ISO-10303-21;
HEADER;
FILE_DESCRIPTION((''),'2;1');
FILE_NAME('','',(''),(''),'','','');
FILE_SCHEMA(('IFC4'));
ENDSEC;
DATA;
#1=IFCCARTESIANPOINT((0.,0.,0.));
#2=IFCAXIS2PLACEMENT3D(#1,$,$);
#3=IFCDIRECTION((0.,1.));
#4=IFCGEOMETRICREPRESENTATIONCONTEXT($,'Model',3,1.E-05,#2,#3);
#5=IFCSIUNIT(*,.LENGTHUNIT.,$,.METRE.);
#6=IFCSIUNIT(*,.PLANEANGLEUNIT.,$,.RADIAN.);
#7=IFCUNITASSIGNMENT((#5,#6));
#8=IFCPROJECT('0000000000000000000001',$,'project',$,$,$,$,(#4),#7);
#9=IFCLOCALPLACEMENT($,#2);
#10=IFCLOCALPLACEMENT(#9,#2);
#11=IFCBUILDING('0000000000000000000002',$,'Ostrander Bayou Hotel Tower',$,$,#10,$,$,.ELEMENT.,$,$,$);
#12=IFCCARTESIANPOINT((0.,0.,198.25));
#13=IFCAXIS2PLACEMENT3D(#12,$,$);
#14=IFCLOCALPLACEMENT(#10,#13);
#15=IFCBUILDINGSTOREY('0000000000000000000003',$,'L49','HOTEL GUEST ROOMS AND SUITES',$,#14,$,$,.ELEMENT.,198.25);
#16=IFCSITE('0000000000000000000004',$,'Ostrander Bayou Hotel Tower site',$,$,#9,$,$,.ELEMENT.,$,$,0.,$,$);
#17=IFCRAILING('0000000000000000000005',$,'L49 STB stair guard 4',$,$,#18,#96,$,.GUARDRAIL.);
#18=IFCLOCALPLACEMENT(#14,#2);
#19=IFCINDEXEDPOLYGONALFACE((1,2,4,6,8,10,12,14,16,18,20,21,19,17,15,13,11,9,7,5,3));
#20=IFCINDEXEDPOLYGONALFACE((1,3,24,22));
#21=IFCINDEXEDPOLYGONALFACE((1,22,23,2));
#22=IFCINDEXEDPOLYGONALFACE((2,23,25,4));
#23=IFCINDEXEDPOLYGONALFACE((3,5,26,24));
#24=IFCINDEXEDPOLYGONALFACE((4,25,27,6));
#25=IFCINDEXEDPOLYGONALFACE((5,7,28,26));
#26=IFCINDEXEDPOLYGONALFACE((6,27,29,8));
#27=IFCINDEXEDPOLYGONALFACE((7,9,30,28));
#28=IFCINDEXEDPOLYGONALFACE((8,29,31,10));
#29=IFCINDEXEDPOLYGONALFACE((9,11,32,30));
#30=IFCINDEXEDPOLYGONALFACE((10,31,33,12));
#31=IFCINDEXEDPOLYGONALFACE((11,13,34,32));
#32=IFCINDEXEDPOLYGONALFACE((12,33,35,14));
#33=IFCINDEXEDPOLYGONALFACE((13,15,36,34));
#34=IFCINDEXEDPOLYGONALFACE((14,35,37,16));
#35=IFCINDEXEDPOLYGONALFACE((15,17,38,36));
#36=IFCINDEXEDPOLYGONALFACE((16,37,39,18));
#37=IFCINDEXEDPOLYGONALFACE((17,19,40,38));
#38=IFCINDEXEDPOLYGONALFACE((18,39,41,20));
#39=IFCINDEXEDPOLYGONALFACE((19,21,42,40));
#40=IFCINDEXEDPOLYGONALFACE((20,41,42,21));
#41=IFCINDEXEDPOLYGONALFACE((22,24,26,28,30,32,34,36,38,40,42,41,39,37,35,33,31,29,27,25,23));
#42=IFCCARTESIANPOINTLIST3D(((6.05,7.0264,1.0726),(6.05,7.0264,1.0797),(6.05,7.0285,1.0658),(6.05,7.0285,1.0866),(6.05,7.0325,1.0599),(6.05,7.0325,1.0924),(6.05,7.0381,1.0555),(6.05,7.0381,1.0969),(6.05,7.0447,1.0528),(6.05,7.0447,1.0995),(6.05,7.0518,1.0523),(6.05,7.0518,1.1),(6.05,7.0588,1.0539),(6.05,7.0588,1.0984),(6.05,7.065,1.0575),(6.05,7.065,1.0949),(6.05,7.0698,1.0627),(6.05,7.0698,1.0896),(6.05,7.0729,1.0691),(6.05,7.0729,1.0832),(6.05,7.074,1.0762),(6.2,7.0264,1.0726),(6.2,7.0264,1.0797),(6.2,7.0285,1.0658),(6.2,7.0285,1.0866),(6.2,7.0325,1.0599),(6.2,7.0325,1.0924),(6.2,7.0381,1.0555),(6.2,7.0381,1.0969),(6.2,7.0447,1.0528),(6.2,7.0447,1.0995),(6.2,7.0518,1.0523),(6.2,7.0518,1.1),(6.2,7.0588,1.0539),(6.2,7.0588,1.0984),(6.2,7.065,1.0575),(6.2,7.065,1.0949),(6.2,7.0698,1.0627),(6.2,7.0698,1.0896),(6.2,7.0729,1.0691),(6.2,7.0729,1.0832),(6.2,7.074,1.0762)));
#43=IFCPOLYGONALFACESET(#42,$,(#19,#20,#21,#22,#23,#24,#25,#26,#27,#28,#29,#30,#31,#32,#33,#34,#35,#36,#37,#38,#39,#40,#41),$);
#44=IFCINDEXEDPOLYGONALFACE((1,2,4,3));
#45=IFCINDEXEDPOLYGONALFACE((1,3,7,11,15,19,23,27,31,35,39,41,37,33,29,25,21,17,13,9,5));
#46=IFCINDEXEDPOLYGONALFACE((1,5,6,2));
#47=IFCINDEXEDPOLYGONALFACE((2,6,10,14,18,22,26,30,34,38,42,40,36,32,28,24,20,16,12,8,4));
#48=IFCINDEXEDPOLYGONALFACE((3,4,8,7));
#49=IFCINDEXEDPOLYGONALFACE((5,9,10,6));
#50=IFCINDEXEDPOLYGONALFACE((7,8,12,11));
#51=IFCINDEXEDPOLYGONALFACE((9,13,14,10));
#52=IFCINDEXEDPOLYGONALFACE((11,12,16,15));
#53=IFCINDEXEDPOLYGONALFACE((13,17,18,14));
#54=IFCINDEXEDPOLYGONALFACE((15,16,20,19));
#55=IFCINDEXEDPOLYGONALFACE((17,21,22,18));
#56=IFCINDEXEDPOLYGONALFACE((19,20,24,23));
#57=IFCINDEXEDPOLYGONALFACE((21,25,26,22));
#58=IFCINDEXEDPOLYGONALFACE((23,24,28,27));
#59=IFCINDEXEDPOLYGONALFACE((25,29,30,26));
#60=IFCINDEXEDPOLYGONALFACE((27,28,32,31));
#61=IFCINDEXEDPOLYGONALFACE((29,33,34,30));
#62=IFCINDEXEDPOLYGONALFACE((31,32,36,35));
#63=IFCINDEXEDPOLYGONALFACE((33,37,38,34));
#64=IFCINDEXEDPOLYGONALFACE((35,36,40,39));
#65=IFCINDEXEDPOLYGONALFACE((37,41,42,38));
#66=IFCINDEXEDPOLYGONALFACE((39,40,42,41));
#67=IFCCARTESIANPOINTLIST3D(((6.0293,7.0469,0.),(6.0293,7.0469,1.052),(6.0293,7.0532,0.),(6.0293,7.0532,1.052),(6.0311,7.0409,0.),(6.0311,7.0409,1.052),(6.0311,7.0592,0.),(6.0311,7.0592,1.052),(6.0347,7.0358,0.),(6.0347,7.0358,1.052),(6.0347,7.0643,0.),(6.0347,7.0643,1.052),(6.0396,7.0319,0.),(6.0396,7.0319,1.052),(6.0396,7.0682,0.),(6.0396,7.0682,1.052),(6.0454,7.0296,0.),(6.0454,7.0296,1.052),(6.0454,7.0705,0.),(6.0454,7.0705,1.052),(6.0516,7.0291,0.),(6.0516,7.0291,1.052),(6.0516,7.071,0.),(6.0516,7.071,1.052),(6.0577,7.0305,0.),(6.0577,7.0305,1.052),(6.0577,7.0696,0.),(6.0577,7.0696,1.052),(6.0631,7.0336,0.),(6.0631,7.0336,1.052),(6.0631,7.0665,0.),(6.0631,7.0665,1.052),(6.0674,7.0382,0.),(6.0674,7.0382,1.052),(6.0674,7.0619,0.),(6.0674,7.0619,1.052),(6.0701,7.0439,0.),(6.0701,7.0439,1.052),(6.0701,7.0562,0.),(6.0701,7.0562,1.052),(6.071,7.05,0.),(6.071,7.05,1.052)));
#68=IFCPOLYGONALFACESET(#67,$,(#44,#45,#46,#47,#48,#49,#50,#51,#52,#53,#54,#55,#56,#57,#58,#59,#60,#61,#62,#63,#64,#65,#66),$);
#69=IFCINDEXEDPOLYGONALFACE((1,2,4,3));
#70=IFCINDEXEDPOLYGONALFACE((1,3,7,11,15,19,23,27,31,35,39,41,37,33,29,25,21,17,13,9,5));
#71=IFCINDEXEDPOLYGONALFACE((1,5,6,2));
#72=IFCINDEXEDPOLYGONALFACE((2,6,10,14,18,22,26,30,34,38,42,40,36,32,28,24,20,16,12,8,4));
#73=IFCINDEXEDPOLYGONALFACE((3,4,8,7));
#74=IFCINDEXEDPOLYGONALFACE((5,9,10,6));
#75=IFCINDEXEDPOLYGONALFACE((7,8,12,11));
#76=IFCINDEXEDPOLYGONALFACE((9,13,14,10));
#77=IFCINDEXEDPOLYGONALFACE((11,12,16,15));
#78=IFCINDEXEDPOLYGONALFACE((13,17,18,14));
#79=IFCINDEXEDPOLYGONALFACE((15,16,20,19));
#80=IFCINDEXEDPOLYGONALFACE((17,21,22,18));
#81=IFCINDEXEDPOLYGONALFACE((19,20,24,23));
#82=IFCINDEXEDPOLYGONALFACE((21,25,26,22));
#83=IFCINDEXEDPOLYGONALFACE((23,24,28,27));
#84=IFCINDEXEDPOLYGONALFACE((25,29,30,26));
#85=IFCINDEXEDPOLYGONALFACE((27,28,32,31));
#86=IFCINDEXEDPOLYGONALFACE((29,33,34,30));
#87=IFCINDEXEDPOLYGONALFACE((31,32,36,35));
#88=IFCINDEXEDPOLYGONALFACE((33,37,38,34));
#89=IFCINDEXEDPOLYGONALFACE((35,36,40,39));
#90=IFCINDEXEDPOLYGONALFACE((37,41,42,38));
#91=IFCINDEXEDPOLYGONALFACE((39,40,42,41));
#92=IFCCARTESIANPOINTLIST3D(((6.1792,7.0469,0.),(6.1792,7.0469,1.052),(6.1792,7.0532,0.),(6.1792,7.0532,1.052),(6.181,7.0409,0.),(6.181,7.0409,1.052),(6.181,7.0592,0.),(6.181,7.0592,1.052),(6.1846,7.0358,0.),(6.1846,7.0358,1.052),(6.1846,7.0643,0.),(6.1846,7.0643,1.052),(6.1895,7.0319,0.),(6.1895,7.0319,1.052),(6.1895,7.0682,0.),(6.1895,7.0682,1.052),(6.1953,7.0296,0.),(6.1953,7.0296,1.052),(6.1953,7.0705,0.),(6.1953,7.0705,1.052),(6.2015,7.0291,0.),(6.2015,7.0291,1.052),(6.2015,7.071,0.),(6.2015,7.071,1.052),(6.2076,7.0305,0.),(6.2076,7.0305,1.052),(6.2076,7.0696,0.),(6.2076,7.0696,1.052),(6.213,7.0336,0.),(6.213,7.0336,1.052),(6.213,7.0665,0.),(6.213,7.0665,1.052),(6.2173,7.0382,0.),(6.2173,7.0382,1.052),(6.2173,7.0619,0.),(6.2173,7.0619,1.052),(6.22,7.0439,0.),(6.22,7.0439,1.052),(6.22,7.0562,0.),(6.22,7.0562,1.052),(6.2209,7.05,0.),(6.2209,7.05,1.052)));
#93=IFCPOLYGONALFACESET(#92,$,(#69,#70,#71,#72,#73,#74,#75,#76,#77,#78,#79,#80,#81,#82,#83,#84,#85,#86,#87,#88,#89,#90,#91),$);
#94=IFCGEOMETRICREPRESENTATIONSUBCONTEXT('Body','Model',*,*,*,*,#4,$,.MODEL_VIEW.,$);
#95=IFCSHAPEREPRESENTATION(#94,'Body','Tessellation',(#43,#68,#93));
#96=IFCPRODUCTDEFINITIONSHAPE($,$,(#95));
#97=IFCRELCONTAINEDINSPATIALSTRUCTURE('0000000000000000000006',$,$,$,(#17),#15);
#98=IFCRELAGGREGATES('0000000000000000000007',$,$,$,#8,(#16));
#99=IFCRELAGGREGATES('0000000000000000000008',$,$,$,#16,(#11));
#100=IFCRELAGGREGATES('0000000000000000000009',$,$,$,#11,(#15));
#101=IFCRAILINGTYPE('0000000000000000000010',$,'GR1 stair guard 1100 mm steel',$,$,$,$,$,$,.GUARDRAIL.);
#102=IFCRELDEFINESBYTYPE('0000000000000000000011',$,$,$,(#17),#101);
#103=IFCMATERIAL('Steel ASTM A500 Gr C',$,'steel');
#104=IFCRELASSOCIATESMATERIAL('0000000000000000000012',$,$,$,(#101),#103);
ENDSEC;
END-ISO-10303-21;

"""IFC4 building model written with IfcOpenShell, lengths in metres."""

from ifc_helpers import new_model, si_unit, direction, frame, origin, origin_2d, place, context, subcontext, project, spatial, circle, extrude, material, type_object, element, save


model = new_model("IFC4")

# Units and contexts
model_context = context("Model", 3, precision=1e-05, world=origin(), true_north=direction((0.0, 1.0)))
body_context = subcontext(model_context, "Body", "Model", "MODEL_VIEW")
ifc_project = project(units=[si_unit("LENGTHUNIT", "METRE"), si_unit("PLANEANGLEUNIT", "RADIAN")], contexts=[model_context])

# Site, building, storey
site_placement = place(None, origin())
site = spatial("IfcSite", under=ifc_project, at=site_placement, Name="Ostrander Bayou Hotel Tower site", CompositionType="ELEMENT", RefElevation=0.0)
building_placement = place(site_placement, origin())
building = spatial("IfcBuilding", under=site, at=building_placement, Name="Ostrander Bayou Hotel Tower", CompositionType="ELEMENT")
storey_placement = place(building_placement, frame((0.0, 0.0, 198.25)))
storey = spatial("IfcBuildingStorey", under=building, at=storey_placement, Name="L49", Description="HOTEL GUEST ROOMS AND SUITES", CompositionType="ELEMENT", Elevation=198.25)

# Railing
ifc_material_1 = material(Name="Steel ASTM A500 Gr C", Category="steel")
railing_type_1 = type_object("IfcRailingType", Name="GR1 stair guard 1100 mm steel", PredefinedType="GUARDRAIL", material=ifc_material_1)
railing_1_placement = place(storey_placement, frame((6.05, 7.05, 0.0)))
element("IfcRailing", 1, at=railing_1_placement, inside=storey, type_object=railing_type_1, Name="L49 STB stair guard 4", PredefinedType="GUARDRAIL", context=body_context, shape_type="SweptSolid", body=[
    extrude(circle(Radius=0.0239, at=origin_2d()), frame((0.0, 0.0, 1.0762), z_axis=(1.0, 0.0, 0.0), x_axis=(0.0, 1.0, 0.0)), (0.0, 0.0, 1.0), 0.1499),
    extrude(circle(Radius=0.021, at=origin_2d()), origin(), (0.0, 0.0, 1.0), 1.052),
    extrude(circle(Radius=0.021, at=origin_2d()), frame((0.1499, 0.0, 0.0)), (0.0, 0.0, 1.0), 1.052),
])

save(model, "model.ifc")
